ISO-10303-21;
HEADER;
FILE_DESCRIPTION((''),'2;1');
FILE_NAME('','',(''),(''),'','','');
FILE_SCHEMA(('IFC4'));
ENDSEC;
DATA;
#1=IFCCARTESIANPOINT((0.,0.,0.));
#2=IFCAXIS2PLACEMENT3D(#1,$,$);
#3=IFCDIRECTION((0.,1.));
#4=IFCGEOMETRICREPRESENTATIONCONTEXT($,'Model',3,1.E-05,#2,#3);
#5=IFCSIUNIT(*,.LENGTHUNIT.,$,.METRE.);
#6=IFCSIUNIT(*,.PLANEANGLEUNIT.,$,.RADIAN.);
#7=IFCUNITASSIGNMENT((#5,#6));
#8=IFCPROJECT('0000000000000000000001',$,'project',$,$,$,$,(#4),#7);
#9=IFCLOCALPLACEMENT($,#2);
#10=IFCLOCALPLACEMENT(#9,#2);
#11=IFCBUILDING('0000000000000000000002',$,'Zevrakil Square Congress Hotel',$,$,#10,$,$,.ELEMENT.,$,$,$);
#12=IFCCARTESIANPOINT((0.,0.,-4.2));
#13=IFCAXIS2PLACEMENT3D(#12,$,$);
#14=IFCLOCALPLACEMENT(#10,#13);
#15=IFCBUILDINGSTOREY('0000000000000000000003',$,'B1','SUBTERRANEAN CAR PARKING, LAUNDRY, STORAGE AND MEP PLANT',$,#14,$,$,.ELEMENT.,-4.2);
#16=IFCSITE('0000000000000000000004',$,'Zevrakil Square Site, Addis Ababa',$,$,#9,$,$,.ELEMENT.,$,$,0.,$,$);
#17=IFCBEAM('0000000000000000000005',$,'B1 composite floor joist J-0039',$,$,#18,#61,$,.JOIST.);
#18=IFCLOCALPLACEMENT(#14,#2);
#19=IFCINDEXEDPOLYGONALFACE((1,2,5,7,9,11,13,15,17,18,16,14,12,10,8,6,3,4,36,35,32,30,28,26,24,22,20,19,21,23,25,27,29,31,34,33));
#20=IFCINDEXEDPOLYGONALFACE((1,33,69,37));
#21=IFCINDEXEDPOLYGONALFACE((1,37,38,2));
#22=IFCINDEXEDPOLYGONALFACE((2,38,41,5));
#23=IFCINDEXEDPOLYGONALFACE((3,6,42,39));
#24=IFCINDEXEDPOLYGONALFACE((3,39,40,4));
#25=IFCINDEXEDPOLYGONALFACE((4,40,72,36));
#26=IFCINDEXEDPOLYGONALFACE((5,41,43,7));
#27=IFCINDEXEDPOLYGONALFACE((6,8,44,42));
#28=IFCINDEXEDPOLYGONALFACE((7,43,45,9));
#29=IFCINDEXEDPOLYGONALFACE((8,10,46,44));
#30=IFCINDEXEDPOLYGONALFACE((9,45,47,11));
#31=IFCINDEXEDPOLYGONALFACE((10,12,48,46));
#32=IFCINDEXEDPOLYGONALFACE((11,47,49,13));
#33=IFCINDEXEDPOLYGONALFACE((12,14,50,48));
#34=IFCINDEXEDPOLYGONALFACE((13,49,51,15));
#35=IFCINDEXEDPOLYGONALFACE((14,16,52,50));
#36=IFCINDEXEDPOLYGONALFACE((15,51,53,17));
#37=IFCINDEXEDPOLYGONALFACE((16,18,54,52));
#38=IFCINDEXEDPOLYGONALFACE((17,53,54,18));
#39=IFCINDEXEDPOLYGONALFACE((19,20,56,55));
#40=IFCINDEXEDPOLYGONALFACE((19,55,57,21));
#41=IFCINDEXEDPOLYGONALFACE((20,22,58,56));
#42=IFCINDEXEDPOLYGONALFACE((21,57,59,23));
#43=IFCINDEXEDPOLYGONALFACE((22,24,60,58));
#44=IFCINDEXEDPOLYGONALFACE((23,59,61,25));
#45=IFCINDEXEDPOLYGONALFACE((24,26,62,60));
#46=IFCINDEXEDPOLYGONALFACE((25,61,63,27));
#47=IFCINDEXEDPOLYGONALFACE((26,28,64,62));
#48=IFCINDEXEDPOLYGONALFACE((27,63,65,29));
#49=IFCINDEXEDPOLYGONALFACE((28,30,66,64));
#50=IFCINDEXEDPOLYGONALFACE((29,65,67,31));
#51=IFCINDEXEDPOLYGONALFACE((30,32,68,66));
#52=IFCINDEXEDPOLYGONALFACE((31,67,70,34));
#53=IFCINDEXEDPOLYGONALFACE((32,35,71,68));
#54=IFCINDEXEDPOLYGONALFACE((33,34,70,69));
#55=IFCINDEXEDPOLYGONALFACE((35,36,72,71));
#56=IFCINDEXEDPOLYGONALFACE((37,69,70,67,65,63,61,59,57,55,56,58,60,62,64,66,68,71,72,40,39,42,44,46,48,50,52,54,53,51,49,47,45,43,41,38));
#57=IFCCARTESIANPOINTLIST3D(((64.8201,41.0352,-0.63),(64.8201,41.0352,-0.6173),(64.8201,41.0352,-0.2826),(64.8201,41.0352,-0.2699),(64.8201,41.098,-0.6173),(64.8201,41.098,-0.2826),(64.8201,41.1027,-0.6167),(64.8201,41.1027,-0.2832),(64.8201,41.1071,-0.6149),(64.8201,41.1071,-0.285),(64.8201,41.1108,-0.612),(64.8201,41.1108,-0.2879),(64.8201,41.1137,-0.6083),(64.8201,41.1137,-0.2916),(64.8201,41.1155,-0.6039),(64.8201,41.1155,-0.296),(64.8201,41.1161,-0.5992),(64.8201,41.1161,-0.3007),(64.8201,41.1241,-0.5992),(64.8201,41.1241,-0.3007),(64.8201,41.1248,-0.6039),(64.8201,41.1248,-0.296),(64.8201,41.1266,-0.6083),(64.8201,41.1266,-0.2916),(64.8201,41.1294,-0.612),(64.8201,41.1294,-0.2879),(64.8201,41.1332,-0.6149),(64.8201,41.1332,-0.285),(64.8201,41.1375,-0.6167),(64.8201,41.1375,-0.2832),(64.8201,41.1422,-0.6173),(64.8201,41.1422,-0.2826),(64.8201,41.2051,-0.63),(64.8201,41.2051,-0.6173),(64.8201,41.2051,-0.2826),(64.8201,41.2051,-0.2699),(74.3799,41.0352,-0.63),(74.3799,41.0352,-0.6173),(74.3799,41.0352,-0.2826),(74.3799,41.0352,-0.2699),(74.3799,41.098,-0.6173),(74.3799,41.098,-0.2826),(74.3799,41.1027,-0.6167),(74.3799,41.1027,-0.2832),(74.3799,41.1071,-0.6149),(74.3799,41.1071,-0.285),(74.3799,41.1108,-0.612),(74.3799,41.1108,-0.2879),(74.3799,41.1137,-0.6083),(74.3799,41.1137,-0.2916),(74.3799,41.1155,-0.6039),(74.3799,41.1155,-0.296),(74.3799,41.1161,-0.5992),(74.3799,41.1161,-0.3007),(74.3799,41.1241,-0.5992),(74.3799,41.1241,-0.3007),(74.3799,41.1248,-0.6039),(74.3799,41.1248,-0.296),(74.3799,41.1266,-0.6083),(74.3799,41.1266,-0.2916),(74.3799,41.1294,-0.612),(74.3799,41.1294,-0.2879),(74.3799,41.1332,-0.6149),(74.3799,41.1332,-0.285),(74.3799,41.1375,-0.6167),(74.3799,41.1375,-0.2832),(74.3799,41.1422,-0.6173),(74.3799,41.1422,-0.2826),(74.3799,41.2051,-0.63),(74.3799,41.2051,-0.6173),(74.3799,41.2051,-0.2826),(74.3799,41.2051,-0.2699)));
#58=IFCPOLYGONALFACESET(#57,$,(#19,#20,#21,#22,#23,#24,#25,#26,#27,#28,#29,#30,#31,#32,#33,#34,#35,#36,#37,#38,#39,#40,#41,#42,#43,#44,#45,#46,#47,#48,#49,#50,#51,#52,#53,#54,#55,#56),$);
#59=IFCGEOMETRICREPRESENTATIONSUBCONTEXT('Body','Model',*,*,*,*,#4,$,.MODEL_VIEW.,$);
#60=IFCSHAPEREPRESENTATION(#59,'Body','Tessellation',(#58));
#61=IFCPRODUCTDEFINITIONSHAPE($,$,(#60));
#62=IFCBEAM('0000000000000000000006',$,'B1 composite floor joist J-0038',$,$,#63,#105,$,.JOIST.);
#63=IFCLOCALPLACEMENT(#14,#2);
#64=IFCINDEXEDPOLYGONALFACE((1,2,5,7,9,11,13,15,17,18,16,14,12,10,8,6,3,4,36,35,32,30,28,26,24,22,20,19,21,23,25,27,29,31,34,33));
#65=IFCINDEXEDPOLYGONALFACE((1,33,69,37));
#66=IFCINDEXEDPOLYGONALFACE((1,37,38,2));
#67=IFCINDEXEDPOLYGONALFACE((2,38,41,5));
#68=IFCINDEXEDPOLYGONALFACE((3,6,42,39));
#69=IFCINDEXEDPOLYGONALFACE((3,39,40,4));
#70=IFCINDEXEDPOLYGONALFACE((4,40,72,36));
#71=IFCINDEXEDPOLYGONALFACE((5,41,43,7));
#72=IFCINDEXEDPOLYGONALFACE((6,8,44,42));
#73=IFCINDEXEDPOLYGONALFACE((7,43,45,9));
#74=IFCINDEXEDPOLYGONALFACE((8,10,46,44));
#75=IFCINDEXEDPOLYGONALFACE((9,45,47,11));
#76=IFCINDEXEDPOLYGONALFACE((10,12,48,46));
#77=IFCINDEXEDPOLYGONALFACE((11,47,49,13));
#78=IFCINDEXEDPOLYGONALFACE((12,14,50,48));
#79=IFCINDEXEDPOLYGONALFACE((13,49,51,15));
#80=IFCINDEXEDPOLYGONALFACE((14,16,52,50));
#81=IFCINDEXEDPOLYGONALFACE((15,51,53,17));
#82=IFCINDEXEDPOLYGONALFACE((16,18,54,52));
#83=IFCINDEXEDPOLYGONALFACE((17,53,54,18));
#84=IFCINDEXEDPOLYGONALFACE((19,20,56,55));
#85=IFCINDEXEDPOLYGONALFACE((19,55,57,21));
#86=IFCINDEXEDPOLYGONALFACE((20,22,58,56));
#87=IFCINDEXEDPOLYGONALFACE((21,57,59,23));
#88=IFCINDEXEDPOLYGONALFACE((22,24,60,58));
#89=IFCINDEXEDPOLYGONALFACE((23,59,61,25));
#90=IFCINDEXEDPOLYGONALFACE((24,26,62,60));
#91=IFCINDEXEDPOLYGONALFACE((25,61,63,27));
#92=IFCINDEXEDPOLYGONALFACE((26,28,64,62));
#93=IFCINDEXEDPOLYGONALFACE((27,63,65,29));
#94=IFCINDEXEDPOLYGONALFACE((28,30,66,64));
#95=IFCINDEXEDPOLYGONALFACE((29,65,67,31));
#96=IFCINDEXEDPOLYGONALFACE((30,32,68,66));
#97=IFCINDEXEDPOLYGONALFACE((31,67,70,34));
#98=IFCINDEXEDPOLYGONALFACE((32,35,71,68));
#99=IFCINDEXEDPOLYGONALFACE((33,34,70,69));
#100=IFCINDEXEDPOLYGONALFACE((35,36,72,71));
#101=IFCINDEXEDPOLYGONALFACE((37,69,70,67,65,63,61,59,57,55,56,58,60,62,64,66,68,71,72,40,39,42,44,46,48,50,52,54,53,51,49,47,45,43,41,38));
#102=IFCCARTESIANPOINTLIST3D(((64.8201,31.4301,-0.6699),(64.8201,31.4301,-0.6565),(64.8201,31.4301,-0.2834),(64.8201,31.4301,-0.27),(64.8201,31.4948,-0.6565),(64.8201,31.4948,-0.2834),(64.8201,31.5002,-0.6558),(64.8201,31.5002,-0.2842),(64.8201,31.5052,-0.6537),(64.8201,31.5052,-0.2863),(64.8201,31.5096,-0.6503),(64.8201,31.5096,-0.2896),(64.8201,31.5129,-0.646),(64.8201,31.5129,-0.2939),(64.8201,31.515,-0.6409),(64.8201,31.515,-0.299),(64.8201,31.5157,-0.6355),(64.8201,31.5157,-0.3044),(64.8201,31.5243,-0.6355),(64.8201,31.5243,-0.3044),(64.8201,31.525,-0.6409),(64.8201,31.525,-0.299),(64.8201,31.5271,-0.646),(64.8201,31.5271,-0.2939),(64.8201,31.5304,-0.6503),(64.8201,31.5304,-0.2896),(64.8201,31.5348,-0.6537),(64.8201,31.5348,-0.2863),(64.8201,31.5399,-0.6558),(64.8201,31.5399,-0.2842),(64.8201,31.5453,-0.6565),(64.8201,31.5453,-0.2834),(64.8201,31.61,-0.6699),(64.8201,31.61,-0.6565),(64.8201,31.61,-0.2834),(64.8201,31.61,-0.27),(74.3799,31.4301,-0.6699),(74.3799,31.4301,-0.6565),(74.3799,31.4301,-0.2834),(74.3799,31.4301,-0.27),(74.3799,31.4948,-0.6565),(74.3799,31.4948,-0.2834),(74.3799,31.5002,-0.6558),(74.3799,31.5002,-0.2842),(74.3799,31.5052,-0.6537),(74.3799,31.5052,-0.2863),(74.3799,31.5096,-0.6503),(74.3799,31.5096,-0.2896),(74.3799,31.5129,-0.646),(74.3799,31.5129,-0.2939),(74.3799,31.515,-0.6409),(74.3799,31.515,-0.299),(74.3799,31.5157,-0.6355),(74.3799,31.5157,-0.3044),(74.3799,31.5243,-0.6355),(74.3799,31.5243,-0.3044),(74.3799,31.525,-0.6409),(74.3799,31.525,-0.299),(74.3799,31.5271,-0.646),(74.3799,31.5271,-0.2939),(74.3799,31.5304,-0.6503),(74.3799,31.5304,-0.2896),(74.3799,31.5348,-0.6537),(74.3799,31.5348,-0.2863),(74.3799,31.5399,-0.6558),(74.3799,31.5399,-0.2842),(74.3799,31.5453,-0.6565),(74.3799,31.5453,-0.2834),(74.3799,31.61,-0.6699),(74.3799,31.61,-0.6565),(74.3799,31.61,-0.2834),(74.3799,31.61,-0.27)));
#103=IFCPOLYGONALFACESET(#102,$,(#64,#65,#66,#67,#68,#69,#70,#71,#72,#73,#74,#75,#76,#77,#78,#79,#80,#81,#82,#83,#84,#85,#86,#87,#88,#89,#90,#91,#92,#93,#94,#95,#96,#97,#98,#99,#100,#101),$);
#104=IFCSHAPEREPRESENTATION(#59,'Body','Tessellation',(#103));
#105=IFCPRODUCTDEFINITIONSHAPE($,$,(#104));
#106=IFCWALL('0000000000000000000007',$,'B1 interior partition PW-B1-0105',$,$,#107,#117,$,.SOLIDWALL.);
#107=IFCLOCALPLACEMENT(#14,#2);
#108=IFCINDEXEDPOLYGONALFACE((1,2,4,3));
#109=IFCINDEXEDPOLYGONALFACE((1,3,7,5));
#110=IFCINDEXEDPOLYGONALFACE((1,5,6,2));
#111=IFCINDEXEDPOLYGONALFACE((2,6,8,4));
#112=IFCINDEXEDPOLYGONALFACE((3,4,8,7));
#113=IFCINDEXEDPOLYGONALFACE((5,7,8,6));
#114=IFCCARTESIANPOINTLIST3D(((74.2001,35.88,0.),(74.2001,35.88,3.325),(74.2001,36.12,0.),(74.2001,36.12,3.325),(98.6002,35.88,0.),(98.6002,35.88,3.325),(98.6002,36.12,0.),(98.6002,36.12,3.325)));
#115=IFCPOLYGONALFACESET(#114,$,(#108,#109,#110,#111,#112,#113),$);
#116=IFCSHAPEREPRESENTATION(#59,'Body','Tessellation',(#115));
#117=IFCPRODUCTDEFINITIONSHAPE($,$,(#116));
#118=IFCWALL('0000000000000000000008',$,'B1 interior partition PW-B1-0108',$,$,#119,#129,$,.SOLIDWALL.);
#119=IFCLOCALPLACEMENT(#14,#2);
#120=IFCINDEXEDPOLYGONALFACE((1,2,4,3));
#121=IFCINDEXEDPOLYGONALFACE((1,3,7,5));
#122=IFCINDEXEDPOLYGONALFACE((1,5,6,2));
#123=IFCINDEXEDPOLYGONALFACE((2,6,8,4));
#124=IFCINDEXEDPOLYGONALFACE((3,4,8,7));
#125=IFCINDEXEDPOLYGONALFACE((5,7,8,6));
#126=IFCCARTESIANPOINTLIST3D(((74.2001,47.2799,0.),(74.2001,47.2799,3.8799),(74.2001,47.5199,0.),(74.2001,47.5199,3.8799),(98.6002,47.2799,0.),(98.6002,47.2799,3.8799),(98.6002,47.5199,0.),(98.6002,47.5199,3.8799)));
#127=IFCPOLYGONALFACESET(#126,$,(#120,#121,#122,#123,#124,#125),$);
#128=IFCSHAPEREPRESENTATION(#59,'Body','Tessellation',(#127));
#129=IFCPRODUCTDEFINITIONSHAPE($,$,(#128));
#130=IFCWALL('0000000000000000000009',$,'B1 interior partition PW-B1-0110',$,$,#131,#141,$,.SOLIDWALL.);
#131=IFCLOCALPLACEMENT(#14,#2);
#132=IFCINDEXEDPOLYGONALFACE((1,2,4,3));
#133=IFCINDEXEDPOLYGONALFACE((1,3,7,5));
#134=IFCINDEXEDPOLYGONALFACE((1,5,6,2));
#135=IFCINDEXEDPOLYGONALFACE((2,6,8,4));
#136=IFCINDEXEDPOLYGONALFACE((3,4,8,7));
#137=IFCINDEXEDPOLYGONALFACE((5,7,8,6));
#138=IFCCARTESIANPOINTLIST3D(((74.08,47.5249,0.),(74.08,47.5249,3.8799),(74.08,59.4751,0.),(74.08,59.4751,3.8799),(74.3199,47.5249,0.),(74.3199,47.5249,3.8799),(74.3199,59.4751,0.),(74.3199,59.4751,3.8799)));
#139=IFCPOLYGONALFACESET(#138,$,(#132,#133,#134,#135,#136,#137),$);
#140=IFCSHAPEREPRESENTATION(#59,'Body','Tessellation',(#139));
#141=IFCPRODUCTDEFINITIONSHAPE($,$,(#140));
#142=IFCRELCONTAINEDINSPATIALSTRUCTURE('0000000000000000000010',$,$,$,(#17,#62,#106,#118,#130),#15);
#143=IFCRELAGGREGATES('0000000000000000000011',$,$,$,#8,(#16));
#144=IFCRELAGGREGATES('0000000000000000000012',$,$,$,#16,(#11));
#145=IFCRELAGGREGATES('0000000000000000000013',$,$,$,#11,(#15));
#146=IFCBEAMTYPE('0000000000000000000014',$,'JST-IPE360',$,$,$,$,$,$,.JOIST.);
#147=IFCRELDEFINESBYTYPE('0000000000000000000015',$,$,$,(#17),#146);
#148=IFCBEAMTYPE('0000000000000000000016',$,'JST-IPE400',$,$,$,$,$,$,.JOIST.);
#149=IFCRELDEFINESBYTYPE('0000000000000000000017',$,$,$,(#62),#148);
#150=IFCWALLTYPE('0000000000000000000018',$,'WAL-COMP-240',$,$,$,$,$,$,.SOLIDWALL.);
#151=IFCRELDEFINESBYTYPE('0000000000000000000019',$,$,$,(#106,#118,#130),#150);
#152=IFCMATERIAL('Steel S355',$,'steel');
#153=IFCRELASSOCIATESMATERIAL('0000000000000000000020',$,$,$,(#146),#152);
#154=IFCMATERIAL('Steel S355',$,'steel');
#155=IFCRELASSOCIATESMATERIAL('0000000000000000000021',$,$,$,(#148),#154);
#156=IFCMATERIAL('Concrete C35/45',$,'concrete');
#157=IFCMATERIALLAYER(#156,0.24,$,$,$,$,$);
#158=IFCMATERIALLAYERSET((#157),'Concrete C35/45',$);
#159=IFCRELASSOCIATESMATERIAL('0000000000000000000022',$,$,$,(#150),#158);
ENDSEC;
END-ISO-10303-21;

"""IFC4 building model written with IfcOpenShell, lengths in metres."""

from ifc_helpers import new_model, si_unit, direction, frame, frame_2d, origin, origin_2d, place, context, subcontext, project, spatial, rectangle, i_section, extrude, material, layer, layer_set, material_profile, profile_set, type_object, element, save


model = new_model("IFC4")

# Units and contexts
model_context = context("Model", 3, precision=1e-05, world=origin(), true_north=direction((0.0, 1.0)))
body_context = subcontext(model_context, "Body", "Model", "MODEL_VIEW")
ifc_project = project(units=[si_unit("LENGTHUNIT", "METRE"), si_unit("PLANEANGLEUNIT", "RADIAN")], contexts=[model_context])

# Site, building, storey
site_placement = place(None, origin())
site = spatial("IfcSite", under=ifc_project, at=site_placement, Name="Zevrakil Square Site, Addis Ababa", CompositionType="ELEMENT", RefElevation=0.0)
building_placement = place(site_placement, origin())
building = spatial("IfcBuilding", under=site, at=building_placement, Name="Zevrakil Square Congress Hotel", CompositionType="ELEMENT")
storey_placement = place(building_placement, frame((0.0, 0.0, -4.2)))
storey = spatial("IfcBuildingStorey", under=building, at=storey_placement, Name="B1", Description="SUBTERRANEAN CAR PARKING, LAUNDRY, STORAGE AND MEP PLANT", CompositionType="ELEMENT", Elevation=-4.2)

# Beams
ifc_material_1 = material(Name="Steel S355", Category="steel")
ifc_material_profile_1 = material_profile(ifc_material_1, i_section(OverallWidth=0.1699, OverallDepth=0.3601, WebThickness=0.0081, FlangeThickness=0.0127, FilletRadius=0.0181, at=origin_2d()), Name="IPE 360")
ifc_profile_set_1 = profile_set([ifc_material_profile_1], Name="Steel S355")
beam_type_1 = type_object("IfcBeamType", Name="JST-IPE360", PredefinedType="JOIST", material=ifc_profile_set_1)
beam_1_placement = place(storey_placement, frame((64.8201, 41.1201, -0.45), z_axis=(1.0, 0.0, 0.0), x_axis=(0.0, 1.0, 0.0)))
element("IfcBeam", 1, at=beam_1_placement, inside=storey, type_object=beam_type_1, Name="B1 composite floor joist J-0039", PredefinedType="JOIST", context=body_context, shape_type="SweptSolid", body=[
    extrude(i_section(OverallWidth=0.1699, OverallDepth=0.3601, WebThickness=0.0081, FlangeThickness=0.0127, FilletRadius=0.0181, at=origin_2d()), origin(), (0.0, 0.0, 1.0), 9.5598),
])
ifc_material_2 = material(Name="Steel S355", Category="steel")
ifc_material_profile_2 = material_profile(ifc_material_2, i_section(OverallWidth=0.1799, OverallDepth=0.3999, WebThickness=0.0085, FlangeThickness=0.0134, FilletRadius=0.021, at=origin_2d()), Name="IPE 400")
ifc_profile_set_2 = profile_set([ifc_material_profile_2], Name="Steel S355")
beam_type_2 = type_object("IfcBeamType", Name="JST-IPE400", PredefinedType="JOIST", material=ifc_profile_set_2)
beam_2_placement = place(storey_placement, frame((64.8201, 31.52, -0.47), z_axis=(1.0, 0.0, 0.0), x_axis=(0.0, 1.0, 0.0)))
element("IfcBeam", 2, at=beam_2_placement, inside=storey, type_object=beam_type_2, Name="B1 composite floor joist J-0038", PredefinedType="JOIST", context=body_context, shape_type="SweptSolid", body=[
    extrude(i_section(OverallWidth=0.1799, OverallDepth=0.3999, WebThickness=0.0085, FlangeThickness=0.0134, FilletRadius=0.021, at=origin_2d()), origin(), (0.0, 0.0, 1.0), 9.5598),
])

# Walls
ifc_material_3 = material(Name="Concrete C35/45", Category="concrete")
ifc_layer = layer(ifc_material_3, 0.24)
ifc_layer_set = layer_set([ifc_layer], Name="Concrete C35/45")
wall_type = type_object("IfcWallType", Name="WAL-COMP-240", PredefinedType="SOLIDWALL", material=ifc_layer_set)
wall_1_placement = place(storey_placement, frame((74.2, 36.0, 0.0), z_axis=(0.0, 0.0, 1.0), x_axis=(1.0, 0.0, 0.0)))
element("IfcWall", 3, at=wall_1_placement, inside=storey, type_object=wall_type, Name="B1 interior partition PW-B1-0105", PredefinedType="SOLIDWALL", context=body_context, shape_type="SweptSolid", body=[
    extrude(rectangle(XDim=24.4001, YDim=0.24, at=frame_2d((12.2002, 0.0))), origin(), (0.0, 0.0, 1.0), 3.325),
])
wall_2_placement = place(storey_placement, frame((74.2, 47.3999, 0.0), z_axis=(0.0, 0.0, 1.0), x_axis=(1.0, 0.0, 0.0)))
element("IfcWall", 4, at=wall_2_placement, inside=storey, type_object=wall_type, Name="B1 interior partition PW-B1-0108", PredefinedType="SOLIDWALL", context=body_context, shape_type="SweptSolid", body=[
    extrude(rectangle(XDim=24.4001, YDim=0.24, at=frame_2d((12.2002, 0.0))), origin(), (0.0, 0.0, 1.0), 3.8799),
])
wall_3_placement = place(storey_placement, frame((74.2, 47.5249, 0.0), z_axis=(0.0, 0.0, 1.0), x_axis=(0.0, 1.0, 0.0)))
element("IfcWall", 5, at=wall_3_placement, inside=storey, type_object=wall_type, Name="B1 interior partition PW-B1-0110", PredefinedType="SOLIDWALL", context=body_context, shape_type="SweptSolid", body=[
    extrude(rectangle(XDim=11.9502, YDim=0.24, at=frame_2d((5.9751, 0.0))), origin(), (0.0, 0.0, 1.0), 3.8799),
])

save(model, "model.ifc")
